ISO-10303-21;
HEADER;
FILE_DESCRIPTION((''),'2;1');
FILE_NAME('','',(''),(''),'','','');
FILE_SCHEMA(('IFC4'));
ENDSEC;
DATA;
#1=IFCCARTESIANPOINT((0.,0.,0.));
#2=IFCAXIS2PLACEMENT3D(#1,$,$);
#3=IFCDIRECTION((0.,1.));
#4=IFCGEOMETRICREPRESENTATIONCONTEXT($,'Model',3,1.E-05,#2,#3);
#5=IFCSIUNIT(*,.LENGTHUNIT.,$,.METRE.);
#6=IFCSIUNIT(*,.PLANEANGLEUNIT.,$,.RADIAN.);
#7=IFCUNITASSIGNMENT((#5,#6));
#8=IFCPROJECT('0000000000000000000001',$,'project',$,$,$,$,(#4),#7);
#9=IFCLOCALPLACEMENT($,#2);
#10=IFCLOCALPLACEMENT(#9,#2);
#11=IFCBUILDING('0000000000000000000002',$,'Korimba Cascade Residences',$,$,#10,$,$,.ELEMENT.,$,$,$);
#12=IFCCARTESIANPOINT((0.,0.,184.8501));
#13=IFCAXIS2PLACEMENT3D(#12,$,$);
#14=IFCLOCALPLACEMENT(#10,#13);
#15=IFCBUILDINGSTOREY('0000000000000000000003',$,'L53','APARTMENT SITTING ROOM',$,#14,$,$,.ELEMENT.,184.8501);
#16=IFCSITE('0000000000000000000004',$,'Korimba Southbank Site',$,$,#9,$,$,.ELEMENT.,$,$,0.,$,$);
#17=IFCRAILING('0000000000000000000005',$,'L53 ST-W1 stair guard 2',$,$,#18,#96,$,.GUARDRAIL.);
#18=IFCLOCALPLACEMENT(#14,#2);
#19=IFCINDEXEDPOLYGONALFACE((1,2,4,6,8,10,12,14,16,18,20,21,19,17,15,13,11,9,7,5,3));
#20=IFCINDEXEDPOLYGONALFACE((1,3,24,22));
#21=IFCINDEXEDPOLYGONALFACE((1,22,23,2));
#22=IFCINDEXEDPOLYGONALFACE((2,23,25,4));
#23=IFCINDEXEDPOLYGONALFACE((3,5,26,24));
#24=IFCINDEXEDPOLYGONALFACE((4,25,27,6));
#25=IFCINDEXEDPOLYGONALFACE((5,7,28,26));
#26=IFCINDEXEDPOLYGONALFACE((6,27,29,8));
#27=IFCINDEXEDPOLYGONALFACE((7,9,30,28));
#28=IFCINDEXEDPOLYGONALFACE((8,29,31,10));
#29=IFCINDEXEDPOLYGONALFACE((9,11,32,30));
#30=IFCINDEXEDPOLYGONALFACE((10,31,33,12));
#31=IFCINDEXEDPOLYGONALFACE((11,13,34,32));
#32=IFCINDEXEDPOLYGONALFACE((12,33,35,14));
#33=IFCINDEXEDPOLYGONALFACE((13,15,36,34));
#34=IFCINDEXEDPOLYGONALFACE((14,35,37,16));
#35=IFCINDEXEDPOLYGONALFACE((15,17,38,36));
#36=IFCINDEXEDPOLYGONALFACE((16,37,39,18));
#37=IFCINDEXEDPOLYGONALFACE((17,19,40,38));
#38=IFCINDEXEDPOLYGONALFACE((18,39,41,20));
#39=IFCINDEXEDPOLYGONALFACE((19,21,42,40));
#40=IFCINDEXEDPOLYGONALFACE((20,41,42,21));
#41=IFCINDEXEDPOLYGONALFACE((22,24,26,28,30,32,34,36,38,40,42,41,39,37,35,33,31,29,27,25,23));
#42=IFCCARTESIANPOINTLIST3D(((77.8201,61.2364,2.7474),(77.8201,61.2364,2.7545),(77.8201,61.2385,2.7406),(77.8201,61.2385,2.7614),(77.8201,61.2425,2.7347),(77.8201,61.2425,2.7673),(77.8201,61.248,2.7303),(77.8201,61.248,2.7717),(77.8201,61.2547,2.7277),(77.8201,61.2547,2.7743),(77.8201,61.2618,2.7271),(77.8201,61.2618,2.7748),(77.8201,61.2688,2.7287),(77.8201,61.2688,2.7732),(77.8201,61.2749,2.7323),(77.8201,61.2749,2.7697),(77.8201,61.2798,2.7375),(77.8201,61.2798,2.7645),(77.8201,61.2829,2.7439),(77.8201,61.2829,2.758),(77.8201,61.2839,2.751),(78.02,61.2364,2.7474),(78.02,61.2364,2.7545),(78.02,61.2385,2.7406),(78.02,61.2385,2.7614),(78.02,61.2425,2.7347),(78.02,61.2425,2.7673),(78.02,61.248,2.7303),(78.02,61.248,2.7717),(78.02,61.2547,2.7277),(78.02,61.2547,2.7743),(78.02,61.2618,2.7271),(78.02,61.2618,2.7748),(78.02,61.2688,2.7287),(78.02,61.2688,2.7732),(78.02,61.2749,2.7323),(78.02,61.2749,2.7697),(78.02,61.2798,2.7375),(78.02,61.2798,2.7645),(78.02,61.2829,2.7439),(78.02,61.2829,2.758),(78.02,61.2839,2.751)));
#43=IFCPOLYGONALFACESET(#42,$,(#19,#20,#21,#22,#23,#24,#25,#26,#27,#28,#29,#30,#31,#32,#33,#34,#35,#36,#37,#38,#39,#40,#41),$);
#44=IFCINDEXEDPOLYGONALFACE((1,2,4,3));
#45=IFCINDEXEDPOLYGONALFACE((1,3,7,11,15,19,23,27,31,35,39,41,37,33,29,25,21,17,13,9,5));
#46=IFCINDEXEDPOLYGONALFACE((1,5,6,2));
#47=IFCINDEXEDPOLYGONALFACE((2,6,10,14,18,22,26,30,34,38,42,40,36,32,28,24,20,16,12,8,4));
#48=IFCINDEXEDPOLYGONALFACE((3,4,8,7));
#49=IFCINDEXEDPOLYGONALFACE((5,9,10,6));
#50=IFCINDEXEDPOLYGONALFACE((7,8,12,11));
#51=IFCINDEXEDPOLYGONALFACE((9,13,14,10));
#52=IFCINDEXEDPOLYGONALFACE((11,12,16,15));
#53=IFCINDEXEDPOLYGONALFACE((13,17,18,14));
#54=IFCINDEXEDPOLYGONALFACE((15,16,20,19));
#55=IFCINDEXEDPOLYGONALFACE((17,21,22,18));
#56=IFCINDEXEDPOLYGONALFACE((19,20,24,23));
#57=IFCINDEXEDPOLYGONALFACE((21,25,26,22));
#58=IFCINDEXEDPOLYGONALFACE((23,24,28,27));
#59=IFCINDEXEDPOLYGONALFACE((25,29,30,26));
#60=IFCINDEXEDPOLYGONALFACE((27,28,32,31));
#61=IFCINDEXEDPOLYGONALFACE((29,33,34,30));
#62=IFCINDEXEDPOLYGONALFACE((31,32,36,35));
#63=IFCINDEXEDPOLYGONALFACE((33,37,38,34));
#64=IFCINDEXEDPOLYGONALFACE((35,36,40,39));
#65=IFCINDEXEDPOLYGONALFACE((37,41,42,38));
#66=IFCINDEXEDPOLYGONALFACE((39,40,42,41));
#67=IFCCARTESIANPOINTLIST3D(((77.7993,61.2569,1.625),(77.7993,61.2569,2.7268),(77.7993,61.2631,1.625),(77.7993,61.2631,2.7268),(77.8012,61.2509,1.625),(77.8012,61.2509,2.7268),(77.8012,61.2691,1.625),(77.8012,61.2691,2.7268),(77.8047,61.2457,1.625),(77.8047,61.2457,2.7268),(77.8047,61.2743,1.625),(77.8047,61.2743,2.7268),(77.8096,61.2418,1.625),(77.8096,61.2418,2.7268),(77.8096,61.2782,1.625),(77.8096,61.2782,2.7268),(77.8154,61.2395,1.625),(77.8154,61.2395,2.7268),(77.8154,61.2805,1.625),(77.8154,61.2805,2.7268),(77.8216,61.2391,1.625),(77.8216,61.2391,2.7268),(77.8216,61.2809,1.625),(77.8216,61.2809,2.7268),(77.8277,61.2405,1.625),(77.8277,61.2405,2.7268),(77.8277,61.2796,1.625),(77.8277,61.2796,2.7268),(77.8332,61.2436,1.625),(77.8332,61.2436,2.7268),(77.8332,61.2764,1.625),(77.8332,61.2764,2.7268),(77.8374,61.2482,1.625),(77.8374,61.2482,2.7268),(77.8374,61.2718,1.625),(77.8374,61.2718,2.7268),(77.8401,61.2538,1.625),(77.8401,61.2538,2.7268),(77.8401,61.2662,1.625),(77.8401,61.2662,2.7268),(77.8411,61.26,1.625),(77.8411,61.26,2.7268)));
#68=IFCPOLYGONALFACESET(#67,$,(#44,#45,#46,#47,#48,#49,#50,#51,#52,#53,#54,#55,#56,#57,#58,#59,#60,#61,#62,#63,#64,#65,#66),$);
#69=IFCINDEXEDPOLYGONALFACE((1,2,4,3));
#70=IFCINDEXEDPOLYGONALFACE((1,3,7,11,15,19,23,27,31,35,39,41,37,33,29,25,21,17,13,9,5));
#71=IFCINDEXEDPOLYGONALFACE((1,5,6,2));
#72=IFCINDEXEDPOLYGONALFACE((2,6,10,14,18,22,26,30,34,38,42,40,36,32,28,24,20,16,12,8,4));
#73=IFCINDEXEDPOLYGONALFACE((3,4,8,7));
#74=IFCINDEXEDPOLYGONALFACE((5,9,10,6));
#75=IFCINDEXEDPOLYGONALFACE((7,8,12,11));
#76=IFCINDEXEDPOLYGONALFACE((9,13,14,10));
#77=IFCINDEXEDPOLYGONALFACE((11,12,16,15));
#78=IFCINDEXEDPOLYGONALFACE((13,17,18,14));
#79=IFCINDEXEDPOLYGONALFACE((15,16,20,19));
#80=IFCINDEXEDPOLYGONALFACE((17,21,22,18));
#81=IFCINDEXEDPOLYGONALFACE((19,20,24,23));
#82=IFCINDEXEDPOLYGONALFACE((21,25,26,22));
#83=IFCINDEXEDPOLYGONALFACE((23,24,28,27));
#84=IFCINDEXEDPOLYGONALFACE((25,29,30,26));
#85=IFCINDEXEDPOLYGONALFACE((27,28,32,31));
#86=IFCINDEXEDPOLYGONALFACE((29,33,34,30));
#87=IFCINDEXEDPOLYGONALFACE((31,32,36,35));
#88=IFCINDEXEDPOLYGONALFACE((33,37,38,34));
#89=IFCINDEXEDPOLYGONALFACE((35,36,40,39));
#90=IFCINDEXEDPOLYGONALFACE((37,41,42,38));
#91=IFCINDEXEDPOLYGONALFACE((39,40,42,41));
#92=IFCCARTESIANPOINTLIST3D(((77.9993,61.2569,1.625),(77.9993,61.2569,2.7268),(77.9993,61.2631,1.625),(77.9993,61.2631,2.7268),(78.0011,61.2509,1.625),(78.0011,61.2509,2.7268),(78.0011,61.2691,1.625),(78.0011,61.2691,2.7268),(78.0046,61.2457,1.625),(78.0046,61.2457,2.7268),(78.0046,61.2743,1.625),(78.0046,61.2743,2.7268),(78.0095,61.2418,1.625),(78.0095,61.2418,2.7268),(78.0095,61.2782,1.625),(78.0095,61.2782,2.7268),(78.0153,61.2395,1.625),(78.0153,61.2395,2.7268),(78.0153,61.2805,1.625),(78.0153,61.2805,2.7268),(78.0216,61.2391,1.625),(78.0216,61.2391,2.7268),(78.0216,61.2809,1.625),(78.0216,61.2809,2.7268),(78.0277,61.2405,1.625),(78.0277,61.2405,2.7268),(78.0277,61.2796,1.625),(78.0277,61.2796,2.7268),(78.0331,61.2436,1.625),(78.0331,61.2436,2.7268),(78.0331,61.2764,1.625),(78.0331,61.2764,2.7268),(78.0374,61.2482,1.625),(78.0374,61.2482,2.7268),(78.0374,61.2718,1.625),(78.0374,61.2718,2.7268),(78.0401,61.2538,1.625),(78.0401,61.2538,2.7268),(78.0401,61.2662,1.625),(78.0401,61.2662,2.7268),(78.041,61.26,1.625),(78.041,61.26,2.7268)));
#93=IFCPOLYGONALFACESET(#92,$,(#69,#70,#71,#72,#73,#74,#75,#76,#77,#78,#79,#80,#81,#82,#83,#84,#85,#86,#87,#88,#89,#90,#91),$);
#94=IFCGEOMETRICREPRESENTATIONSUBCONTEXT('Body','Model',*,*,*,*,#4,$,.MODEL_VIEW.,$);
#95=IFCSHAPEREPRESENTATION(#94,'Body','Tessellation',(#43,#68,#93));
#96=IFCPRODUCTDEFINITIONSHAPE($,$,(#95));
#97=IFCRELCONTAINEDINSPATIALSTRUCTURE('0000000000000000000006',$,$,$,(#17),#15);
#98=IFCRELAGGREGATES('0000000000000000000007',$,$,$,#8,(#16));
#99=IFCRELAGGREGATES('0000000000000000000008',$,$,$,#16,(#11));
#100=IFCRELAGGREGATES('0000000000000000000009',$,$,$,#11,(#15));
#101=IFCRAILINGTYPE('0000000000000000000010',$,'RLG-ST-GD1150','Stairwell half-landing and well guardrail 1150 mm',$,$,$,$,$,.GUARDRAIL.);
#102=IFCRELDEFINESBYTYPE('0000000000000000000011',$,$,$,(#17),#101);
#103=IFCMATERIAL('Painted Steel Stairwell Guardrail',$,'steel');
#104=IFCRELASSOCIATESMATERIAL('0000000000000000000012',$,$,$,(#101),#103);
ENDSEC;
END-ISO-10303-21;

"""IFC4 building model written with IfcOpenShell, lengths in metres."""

from ifc_helpers import new_model, si_unit, direction, frame, origin, origin_2d, place, context, subcontext, project, spatial, circle, extrude, material, type_object, element, save


model = new_model("IFC4")

# Units and contexts
model_context = context("Model", 3, precision=1e-05, world=origin(), true_north=direction((0.0, 1.0)))
body_context = subcontext(model_context, "Body", "Model", "MODEL_VIEW")
ifc_project = project(units=[si_unit("LENGTHUNIT", "METRE"), si_unit("PLANEANGLEUNIT", "RADIAN")], contexts=[model_context])

# Site, building, storey
site_placement = place(None, origin())
site = spatial("IfcSite", under=ifc_project, at=site_placement, Name="Korimba Southbank Site", CompositionType="ELEMENT", RefElevation=0.0)
building_placement = place(site_placement, origin())
building = spatial("IfcBuilding", under=site, at=building_placement, Name="Korimba Cascade Residences", CompositionType="ELEMENT")
storey_placement = place(building_placement, frame((0.0, 0.0, 184.8501)))
storey = spatial("IfcBuildingStorey", under=building, at=storey_placement, Name="L53", Description="APARTMENT SITTING ROOM", CompositionType="ELEMENT", Elevation=184.8501)

# Railing
ifc_material_1 = material(Name="Painted Steel Stairwell Guardrail", Category="steel")
railing_type_1 = type_object("IfcRailingType", Name="RLG-ST-GD1150", Description="Stairwell half-landing and well guardrail 1150 mm", PredefinedType="GUARDRAIL", material=ifc_material_1)
railing_1_placement = place(storey_placement, frame((77.8201, 61.26, 1.625)))
element("IfcRailing", 1, at=railing_1_placement, inside=storey, type_object=railing_type_1, Name="L53 ST-W1 stair guard 2", PredefinedType="GUARDRAIL", context=body_context, shape_type="SweptSolid", body=[
    extrude(circle(Radius=0.0239, at=origin_2d()), frame((0.0, 0.0, 1.126), z_axis=(1.0, 0.0, 0.0), x_axis=(0.0, 1.0, 0.0)), (0.0, 0.0, 1.0), 0.2),
    extrude(circle(Radius=0.021, at=origin_2d()), origin(), (0.0, 0.0, 1.0), 1.1018),
    extrude(circle(Radius=0.021, at=origin_2d()), frame((0.2, 0.0, 0.0)), (0.0, 0.0, 1.0), 1.1018),
])

save(model, "model.ifc")
